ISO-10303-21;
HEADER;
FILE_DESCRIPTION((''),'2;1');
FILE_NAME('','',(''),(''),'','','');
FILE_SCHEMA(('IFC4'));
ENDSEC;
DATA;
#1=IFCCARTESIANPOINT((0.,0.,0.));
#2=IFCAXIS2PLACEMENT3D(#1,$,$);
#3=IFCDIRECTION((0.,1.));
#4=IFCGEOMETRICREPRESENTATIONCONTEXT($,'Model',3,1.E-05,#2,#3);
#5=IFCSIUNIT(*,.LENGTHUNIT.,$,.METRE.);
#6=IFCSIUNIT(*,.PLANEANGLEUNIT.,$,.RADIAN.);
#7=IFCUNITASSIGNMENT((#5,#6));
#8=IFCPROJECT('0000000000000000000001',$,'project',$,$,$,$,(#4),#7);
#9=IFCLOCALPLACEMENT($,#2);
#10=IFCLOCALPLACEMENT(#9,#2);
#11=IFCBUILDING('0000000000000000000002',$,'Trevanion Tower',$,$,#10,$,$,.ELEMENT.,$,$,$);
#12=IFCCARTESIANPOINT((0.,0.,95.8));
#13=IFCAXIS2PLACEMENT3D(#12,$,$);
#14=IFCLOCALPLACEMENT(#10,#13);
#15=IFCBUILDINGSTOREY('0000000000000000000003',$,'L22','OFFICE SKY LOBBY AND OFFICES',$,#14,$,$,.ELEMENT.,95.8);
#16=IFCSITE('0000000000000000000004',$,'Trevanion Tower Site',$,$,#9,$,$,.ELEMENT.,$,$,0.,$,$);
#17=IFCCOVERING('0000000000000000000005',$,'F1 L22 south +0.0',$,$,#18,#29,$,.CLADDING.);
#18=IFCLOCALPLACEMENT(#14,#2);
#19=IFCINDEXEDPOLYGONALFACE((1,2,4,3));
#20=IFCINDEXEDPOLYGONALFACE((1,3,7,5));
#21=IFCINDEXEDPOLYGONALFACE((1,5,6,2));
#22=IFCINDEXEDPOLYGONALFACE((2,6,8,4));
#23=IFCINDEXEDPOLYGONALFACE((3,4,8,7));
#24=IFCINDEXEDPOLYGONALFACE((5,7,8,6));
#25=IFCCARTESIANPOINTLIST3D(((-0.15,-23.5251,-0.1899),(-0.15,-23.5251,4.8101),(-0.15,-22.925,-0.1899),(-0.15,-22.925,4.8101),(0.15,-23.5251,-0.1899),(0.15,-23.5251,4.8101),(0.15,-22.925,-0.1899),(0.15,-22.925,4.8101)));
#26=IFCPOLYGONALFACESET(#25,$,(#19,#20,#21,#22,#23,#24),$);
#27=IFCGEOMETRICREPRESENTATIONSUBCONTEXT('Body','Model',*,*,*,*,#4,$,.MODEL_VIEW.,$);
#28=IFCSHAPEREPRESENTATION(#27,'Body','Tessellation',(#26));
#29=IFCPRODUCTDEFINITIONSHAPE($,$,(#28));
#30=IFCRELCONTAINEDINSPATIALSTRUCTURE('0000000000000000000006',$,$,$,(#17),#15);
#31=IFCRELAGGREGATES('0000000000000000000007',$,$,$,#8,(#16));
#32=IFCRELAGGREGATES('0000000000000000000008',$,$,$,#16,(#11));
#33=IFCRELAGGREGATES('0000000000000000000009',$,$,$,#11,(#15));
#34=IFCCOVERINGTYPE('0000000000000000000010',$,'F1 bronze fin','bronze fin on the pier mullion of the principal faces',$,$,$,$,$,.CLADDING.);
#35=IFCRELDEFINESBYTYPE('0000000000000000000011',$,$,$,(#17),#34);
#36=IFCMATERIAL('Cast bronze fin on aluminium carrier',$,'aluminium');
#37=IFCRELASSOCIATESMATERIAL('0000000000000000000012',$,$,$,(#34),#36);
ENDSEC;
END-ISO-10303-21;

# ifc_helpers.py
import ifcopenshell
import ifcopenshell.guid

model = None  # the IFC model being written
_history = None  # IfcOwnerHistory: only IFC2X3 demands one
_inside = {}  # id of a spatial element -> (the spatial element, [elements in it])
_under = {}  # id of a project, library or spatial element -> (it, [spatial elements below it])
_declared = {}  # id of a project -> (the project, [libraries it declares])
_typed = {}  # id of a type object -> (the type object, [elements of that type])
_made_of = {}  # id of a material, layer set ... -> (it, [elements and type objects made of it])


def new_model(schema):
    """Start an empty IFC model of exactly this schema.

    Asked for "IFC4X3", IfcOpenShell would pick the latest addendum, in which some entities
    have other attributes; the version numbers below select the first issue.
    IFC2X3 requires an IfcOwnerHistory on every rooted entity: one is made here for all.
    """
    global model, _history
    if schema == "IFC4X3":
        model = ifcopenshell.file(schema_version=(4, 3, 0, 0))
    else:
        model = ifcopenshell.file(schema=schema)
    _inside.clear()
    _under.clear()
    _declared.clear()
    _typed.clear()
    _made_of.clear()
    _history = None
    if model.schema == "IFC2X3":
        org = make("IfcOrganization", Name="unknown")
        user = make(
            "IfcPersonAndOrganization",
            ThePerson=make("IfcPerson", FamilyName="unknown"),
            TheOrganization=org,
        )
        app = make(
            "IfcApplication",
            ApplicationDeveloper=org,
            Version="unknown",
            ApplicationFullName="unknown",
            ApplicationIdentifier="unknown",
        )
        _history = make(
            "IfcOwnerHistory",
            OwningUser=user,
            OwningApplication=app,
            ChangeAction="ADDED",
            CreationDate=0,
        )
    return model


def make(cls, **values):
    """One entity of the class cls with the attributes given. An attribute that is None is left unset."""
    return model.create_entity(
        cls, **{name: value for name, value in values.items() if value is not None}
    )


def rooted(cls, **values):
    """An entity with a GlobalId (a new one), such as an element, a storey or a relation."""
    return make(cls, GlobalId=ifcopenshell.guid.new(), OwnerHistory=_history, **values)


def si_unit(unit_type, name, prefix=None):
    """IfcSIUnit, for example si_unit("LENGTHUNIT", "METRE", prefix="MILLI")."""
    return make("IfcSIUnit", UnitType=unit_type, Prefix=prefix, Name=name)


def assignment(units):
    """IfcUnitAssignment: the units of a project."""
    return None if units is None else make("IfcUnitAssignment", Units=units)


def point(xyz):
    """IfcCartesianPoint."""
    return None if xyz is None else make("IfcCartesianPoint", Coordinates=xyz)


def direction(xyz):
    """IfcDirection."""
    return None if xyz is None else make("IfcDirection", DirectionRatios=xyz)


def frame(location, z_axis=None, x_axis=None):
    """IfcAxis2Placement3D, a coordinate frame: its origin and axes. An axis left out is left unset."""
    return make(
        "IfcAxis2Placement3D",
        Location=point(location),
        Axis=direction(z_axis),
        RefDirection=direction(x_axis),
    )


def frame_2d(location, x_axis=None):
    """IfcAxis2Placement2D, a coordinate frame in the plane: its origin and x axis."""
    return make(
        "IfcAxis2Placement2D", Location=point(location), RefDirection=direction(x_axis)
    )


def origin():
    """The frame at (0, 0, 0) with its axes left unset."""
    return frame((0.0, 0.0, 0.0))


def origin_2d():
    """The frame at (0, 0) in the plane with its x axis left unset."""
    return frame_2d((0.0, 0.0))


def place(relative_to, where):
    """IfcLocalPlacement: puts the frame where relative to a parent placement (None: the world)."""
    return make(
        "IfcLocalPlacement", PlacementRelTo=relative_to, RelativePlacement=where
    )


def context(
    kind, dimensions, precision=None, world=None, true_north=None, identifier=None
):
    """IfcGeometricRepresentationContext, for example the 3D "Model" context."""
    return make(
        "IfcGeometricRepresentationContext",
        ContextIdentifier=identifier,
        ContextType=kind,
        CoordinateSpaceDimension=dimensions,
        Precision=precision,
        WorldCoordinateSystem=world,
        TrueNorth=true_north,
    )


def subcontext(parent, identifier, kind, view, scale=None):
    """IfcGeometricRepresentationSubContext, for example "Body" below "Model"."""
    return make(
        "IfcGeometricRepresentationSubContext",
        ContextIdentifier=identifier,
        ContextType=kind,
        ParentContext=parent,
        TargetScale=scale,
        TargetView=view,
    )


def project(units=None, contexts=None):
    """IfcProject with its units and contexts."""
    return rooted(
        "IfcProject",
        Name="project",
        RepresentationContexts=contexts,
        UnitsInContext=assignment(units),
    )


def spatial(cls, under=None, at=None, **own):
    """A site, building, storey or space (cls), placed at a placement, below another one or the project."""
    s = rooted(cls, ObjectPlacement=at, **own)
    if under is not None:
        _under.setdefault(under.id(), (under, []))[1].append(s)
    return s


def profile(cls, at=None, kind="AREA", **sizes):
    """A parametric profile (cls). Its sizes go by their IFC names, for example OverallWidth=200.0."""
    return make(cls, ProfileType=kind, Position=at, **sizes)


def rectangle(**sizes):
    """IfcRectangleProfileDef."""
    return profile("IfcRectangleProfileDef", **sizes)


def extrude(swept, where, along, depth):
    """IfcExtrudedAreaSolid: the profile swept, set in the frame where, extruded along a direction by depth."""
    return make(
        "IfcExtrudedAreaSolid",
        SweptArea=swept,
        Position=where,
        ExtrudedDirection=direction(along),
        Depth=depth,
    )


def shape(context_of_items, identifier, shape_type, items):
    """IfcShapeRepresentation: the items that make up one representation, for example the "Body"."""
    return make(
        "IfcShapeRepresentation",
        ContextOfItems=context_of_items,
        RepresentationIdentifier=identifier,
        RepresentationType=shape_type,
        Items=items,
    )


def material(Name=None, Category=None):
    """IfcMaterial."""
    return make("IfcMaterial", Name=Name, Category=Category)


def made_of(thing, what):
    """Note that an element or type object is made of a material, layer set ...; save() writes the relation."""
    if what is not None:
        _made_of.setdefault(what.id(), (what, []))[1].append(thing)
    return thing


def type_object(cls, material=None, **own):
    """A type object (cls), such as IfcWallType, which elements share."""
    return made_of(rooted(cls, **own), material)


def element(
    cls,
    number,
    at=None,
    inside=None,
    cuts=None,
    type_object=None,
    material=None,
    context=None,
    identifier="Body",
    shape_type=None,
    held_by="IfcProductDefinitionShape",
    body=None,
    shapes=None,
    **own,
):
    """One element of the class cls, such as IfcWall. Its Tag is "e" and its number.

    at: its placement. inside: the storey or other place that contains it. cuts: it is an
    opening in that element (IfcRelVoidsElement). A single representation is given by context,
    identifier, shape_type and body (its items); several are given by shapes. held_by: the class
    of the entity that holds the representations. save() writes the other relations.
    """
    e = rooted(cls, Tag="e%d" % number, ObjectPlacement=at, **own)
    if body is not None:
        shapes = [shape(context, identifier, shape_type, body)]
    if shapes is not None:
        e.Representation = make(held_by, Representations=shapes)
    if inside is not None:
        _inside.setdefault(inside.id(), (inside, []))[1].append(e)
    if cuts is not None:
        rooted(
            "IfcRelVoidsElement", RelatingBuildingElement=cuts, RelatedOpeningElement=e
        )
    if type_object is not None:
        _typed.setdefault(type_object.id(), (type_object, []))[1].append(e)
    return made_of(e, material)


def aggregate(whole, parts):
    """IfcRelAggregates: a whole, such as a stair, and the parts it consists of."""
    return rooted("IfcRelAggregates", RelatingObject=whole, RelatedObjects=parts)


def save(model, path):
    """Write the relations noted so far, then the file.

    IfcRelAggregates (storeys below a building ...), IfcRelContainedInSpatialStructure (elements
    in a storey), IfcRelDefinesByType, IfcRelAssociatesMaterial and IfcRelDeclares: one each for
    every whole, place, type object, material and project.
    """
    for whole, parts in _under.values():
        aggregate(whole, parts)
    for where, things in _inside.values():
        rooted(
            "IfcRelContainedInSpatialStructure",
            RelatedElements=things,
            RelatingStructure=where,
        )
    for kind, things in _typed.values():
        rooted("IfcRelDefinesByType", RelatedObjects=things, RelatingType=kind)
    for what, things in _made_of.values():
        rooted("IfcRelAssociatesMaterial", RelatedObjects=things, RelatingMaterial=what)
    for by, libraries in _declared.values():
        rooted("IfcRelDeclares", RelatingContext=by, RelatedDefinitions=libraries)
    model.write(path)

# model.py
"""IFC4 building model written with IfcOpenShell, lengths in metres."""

from ifc_helpers import new_model, si_unit, direction, frame, origin, origin_2d, place, context, subcontext, project, spatial, rectangle, extrude, material, type_object, element, save


model = new_model("IFC4")

# Units and contexts
model_context = context("Model", 3, precision=1e-05, world=origin(), true_north=direction((0.0, 1.0)))
body_context = subcontext(model_context, "Body", "Model", "MODEL_VIEW")
ifc_project = project(units=[si_unit("LENGTHUNIT", "METRE"), si_unit("PLANEANGLEUNIT", "RADIAN")], contexts=[model_context])

# Site, building, storey
site_placement = place(None, origin())
site = spatial("IfcSite", under=ifc_project, at=site_placement, Name="Trevanion Tower Site", CompositionType="ELEMENT", RefElevation=0.0)
building_placement = place(site_placement, origin())
building = spatial("IfcBuilding", under=site, at=building_placement, Name="Trevanion Tower", CompositionType="ELEMENT")
storey_placement = place(building_placement, frame((0.0, 0.0, 95.8)))
storey = spatial("IfcBuildingStorey", under=building, at=storey_placement, Name="L22", Description="OFFICE SKY LOBBY AND OFFICES", CompositionType="ELEMENT", Elevation=95.8)

# Covering
ifc_material_1 = material(Name="Cast bronze fin on aluminium carrier", Category="aluminium")
covering_type = type_object("IfcCoveringType", Name="F1 bronze fin", Description="bronze fin on the pier mullion of the principal faces", PredefinedType="CLADDING", material=ifc_material_1)
for number, where, z_axis, x_axis, name in (
    (1, (0.0, -23.2251, -0.1899), (0.0, 0.0, 1.0), (1.0, 0.0, 0.0), "F1 L22 south +0.0"),
):
    element("IfcCovering", number, at=place(storey_placement, frame(where, z_axis=z_axis, x_axis=x_axis)), inside=storey, type_object=covering_type, Name=name, PredefinedType="CLADDING", context=body_context, shape_type="SweptSolid", body=[
        extrude(rectangle(XDim=0.3, YDim=0.6001, at=origin_2d()), origin(), (0.0, 0.0, 1.0), 5.0),
    ])

save(model, "model.ifc")
